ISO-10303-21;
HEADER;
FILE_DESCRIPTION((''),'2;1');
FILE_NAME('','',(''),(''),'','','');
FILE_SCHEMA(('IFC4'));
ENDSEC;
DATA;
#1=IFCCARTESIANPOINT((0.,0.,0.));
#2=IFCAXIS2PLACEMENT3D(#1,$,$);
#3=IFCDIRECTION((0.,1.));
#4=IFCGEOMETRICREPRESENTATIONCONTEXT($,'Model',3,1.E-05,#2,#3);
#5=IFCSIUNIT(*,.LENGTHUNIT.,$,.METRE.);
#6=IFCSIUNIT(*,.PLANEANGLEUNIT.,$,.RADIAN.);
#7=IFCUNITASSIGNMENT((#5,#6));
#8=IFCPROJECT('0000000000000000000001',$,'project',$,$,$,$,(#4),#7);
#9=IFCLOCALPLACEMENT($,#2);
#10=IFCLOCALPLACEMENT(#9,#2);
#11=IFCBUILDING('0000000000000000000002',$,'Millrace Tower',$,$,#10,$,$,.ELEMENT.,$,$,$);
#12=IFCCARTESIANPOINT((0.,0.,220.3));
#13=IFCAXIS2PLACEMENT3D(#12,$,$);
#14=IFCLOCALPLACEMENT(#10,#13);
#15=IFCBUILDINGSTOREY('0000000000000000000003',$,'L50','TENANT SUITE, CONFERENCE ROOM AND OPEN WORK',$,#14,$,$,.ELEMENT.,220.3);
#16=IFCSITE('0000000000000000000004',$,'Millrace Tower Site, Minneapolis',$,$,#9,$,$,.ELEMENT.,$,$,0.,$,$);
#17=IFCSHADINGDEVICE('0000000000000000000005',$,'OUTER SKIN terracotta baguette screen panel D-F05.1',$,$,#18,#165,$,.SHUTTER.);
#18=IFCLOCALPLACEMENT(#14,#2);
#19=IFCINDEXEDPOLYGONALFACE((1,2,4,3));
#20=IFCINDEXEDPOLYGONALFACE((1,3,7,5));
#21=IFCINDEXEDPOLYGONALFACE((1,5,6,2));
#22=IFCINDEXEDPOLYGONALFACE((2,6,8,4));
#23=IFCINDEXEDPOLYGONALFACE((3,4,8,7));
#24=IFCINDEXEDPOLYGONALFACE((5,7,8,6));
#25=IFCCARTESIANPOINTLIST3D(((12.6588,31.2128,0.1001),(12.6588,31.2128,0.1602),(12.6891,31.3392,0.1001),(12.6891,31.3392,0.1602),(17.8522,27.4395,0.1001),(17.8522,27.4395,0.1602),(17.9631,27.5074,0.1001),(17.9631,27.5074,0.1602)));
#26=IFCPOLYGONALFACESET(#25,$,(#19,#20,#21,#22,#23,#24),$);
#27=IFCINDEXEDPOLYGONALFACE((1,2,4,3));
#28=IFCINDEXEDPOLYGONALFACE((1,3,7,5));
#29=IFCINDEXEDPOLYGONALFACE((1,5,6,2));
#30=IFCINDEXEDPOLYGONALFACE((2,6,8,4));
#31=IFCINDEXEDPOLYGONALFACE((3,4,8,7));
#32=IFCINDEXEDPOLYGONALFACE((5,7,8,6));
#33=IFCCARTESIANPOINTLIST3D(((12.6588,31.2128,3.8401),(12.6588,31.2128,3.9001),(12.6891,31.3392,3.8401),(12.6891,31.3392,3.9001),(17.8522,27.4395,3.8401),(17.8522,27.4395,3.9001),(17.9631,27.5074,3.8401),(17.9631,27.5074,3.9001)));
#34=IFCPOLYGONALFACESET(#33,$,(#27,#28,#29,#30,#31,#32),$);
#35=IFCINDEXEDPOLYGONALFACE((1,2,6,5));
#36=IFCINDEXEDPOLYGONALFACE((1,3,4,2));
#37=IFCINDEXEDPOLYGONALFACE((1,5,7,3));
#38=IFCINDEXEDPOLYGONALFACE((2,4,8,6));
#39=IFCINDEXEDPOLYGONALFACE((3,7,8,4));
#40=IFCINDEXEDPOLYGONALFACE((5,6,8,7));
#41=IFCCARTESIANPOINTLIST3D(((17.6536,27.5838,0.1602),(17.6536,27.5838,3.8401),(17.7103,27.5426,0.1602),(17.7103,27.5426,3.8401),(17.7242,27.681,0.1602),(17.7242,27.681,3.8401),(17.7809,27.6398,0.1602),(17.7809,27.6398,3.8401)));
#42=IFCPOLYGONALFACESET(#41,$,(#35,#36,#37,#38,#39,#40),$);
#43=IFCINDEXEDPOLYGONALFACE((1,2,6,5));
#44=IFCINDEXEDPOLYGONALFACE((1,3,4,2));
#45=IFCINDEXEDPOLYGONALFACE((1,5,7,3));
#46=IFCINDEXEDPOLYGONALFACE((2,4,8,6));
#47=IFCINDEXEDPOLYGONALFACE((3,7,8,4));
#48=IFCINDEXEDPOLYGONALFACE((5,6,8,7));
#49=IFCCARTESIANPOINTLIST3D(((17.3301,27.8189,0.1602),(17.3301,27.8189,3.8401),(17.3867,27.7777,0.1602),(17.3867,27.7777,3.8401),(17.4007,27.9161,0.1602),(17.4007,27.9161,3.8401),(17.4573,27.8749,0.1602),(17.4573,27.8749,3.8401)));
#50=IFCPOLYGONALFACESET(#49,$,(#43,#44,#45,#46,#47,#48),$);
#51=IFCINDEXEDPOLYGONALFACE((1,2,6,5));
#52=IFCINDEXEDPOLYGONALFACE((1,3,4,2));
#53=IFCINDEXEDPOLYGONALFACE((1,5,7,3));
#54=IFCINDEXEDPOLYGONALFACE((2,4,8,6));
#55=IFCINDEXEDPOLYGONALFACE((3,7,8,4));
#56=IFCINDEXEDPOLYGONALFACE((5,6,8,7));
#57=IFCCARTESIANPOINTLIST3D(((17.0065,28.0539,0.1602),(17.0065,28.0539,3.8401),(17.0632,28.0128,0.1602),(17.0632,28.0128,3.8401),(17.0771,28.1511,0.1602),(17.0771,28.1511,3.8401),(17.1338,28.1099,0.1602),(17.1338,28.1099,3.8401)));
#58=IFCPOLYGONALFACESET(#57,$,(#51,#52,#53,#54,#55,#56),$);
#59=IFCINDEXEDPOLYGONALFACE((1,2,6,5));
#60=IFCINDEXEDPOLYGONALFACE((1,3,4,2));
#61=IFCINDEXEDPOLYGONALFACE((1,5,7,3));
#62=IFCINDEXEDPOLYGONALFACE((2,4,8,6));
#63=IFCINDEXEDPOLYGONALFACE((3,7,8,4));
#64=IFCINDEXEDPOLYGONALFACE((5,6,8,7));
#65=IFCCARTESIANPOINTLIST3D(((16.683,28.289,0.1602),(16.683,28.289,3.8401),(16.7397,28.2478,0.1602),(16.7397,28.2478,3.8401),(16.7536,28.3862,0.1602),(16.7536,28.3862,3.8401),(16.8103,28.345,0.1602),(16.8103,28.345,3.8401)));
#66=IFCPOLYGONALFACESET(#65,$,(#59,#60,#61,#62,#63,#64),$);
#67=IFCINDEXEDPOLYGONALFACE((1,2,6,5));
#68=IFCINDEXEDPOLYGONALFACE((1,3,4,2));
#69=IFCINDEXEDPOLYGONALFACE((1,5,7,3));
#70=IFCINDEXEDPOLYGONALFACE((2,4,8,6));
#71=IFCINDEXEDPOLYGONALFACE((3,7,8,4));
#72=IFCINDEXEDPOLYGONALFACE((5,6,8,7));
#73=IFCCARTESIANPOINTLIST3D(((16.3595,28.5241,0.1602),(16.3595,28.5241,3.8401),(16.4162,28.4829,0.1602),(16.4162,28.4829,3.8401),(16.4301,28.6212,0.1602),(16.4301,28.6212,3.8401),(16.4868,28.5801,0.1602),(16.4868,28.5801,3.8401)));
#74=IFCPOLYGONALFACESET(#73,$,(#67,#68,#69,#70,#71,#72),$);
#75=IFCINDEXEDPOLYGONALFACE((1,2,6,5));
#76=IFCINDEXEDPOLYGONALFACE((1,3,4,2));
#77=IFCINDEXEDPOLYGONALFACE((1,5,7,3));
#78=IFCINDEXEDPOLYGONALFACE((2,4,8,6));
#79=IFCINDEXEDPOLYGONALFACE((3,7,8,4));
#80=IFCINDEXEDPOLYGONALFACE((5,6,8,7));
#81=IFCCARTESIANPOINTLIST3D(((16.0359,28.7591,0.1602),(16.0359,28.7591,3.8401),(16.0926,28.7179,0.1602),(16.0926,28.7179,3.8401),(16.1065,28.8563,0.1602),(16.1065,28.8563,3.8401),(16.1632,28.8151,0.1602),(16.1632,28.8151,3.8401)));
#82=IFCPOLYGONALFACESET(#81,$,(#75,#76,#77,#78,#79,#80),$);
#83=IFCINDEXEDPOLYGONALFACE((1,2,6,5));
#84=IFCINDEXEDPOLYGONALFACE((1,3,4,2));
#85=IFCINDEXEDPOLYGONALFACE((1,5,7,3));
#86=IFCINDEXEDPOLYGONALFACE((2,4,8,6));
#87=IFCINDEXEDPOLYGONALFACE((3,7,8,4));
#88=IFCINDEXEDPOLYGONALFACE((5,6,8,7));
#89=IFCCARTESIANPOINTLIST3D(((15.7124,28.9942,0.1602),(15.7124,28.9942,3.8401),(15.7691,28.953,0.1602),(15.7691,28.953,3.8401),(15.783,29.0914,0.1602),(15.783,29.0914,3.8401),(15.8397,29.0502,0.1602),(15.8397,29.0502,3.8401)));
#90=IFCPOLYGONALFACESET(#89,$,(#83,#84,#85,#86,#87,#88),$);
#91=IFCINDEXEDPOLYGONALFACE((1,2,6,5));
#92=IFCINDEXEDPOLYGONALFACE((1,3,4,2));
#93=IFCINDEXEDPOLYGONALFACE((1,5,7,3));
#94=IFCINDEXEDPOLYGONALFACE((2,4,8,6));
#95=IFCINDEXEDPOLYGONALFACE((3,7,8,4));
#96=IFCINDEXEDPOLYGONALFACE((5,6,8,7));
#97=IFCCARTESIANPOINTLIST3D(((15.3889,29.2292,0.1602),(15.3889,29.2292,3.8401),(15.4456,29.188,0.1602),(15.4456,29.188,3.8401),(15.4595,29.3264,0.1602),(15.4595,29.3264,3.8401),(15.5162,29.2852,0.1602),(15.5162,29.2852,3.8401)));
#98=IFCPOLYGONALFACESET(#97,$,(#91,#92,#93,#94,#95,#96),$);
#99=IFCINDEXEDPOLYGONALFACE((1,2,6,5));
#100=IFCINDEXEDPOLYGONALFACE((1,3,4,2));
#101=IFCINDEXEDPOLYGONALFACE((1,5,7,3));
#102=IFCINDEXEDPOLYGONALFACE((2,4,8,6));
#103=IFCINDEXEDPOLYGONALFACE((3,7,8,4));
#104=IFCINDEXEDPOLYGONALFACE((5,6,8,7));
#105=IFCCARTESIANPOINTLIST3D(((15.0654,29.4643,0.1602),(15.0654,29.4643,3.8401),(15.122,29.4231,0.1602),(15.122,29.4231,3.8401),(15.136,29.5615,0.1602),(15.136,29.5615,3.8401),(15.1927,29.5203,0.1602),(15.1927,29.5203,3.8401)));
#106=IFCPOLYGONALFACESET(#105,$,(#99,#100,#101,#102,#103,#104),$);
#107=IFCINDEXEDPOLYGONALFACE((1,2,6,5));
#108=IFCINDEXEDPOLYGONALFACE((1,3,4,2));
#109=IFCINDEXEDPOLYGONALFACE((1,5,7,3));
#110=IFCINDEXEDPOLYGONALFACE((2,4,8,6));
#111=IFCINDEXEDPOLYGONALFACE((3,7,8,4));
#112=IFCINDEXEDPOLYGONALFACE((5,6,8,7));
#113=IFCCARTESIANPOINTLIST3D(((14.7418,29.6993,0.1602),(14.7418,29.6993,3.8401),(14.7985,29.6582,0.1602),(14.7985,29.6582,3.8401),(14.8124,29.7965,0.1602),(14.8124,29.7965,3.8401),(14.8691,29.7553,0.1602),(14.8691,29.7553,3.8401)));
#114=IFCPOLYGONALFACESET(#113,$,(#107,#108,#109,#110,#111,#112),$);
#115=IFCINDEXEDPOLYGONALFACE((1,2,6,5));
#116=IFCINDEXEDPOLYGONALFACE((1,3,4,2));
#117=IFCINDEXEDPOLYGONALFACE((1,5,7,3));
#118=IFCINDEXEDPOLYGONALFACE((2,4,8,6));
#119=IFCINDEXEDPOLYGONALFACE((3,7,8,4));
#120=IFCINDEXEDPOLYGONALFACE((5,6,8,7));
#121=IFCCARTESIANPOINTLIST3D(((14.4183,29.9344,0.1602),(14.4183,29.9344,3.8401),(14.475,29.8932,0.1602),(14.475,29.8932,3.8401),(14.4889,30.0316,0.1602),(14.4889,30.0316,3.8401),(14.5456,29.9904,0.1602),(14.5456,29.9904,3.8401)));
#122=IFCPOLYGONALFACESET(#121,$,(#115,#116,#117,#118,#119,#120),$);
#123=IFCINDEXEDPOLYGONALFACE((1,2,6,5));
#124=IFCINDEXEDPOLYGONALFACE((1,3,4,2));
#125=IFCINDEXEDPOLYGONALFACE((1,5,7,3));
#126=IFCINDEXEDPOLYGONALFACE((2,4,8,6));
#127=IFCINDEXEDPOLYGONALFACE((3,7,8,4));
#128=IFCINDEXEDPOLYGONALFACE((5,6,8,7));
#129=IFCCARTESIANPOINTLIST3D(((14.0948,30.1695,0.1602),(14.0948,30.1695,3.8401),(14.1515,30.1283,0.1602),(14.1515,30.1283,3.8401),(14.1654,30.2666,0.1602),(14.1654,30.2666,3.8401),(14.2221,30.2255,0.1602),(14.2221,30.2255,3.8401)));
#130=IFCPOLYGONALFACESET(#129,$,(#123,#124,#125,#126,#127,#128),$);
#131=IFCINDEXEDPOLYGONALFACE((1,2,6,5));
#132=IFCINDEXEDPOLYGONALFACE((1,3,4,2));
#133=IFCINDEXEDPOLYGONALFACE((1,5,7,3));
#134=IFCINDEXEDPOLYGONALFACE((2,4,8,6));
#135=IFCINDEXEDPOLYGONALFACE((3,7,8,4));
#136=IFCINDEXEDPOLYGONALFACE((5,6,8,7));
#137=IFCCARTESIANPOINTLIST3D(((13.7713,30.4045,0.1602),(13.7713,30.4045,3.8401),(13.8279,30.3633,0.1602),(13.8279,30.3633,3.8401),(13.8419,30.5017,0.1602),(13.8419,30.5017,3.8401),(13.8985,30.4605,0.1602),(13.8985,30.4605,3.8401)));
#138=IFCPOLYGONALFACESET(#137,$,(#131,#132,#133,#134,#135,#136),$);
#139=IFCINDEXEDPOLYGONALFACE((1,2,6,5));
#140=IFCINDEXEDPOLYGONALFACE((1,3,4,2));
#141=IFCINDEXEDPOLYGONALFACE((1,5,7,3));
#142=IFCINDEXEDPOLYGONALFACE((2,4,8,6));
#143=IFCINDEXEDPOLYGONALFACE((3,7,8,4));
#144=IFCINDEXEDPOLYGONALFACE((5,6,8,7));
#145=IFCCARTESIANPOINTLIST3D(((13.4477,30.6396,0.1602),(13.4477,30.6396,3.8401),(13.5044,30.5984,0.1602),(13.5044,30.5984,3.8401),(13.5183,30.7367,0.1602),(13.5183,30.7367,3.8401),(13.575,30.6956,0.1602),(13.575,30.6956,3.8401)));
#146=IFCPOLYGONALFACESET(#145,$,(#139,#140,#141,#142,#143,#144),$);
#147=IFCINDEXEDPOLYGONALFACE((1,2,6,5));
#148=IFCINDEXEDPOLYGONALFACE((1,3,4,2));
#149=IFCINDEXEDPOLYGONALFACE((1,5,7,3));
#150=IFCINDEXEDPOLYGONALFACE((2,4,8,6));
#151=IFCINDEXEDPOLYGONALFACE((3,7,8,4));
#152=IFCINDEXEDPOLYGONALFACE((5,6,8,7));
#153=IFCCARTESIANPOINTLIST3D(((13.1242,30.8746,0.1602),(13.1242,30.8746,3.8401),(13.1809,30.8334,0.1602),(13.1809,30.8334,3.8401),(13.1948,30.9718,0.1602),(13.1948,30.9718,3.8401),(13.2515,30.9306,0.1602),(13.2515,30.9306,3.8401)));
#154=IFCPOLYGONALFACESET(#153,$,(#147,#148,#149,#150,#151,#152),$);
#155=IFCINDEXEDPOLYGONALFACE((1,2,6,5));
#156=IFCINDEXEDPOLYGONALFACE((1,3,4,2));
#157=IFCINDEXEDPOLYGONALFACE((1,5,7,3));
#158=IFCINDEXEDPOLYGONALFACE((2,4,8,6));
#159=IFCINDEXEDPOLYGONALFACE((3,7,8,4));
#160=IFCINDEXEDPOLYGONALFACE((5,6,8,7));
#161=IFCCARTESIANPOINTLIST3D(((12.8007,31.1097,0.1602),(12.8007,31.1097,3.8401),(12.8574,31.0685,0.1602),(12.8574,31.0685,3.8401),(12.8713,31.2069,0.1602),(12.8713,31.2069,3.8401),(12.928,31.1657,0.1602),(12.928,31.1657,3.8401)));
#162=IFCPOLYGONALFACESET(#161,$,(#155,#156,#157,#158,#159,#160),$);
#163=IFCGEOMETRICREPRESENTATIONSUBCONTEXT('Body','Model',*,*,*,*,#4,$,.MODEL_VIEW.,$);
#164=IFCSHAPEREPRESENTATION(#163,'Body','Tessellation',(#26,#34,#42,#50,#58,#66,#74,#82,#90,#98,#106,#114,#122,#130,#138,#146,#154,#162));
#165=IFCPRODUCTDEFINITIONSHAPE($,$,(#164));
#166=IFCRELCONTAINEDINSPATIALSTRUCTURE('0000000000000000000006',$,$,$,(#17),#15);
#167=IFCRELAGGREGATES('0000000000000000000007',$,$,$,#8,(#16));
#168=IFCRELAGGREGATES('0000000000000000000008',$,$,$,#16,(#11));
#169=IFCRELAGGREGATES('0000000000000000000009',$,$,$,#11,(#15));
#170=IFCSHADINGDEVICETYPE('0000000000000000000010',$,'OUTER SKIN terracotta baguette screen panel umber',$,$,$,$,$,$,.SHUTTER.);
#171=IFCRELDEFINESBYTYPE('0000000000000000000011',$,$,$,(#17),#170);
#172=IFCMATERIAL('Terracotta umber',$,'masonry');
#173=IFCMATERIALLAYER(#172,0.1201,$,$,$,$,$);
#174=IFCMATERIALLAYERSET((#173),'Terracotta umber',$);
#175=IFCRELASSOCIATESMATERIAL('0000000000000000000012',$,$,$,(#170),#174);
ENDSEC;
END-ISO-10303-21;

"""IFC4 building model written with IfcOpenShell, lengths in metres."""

from ifc_helpers import new_model, entity, si_unit, direction, frame, frame_2d, origin, place, context, subcontext, project, spatial, rectangle, extrude, source, transform, mapped, material, layer, layer_set, type_object, element, save


model = new_model("IFC4")

# Units and contexts
model_context = context("Model", 3, precision=1e-05, world=origin(), true_north=direction((0.0, 1.0)))
body_context = subcontext(model_context, "Body", "Model", "MODEL_VIEW")
ifc_project = project(units=[si_unit("LENGTHUNIT", "METRE"), si_unit("PLANEANGLEUNIT", "RADIAN")], contexts=[model_context])

# Site, building, storey
site_placement = place(None, origin())
site = spatial("IfcSite", under=ifc_project, at=site_placement, Name="Millrace Tower Site, Minneapolis", CompositionType="ELEMENT", RefElevation=0.0)
building_placement = place(site_placement, origin())
building = spatial("IfcBuilding", under=site, at=building_placement, Name="Millrace Tower", CompositionType="ELEMENT")
storey_placement = place(building_placement, frame((0.0, 0.0, 220.3)))
storey = spatial("IfcBuildingStorey", under=building, at=storey_placement, Name="L50", Description="TENANT SUITE, CONFERENCE ROOM AND OPEN WORK", CompositionType="ELEMENT", Elevation=220.3)

# Shading device
ifc_material_1 = material(Name="Terracotta umber", Category="masonry")
ifc_layer_1 = layer(ifc_material_1, 0.1201)
ifc_layer_set_1 = layer_set([ifc_layer_1], Name="Terracotta umber")
shading_device_type = type_object("IfcShadingDeviceType", Name="OUTER SKIN terracotta baguette screen panel umber", PredefinedType="SHUTTER", material=ifc_layer_set_1)
cartesian_point_1 = entity("IfcCartesianPoint", [-3.2097, 0.0601])
shared_polyline_1 = entity("IfcPolyline", [cartesian_point_1, entity("IfcCartesianPoint", [3.2097, 0.0601]), entity("IfcCartesianPoint", [3.2595, -0.0601]), entity("IfcCartesianPoint", [-3.2595, -0.0601]), cartesian_point_1])
shared_shape_1 = source(origin(), body_context, "Body", "SweptSolid", [
    entity("IfcExtrudedAreaSolid", entity("IfcArbitraryClosedProfileDef", "AREA", None, shared_polyline_1), entity("IfcAxis2Placement3D", entity("IfcCartesianPoint", [0.0, 0.0, 0.0])), entity("IfcDirection", [0.0, 0.0, 1.0]), 0.0601),
    entity("IfcExtrudedAreaSolid", entity("IfcArbitraryClosedProfileDef", "AREA", None, shared_polyline_1), entity("IfcAxis2Placement3D", entity("IfcCartesianPoint", [0.0, 0.0, 3.74])), entity("IfcDirection", [0.0, 0.0, 1.0]), 0.0601),
    extrude(rectangle(XDim=0.0701, YDim=0.1201, at=frame_2d((-2.9993, 0.0))), frame((0.0, 0.0, 0.0601)), (0.0, 0.0, 1.0), 3.6799),
    extrude(rectangle(XDim=0.0701, YDim=0.1201, at=frame_2d((-2.5994, 0.0))), frame((0.0, 0.0, 0.0601)), (0.0, 0.0, 1.0), 3.6799),
    extrude(rectangle(XDim=0.0701, YDim=0.1201, at=frame_2d((-2.1995, 0.0))), frame((0.0, 0.0, 0.0601)), (0.0, 0.0, 1.0), 3.6799),
    extrude(rectangle(XDim=0.0701, YDim=0.1201, at=frame_2d((-1.7996, 0.0))), frame((0.0, 0.0, 0.0601)), (0.0, 0.0, 1.0), 3.6799),
    extrude(rectangle(XDim=0.0701, YDim=0.1201, at=frame_2d((-1.3997, 0.0))), frame((0.0, 0.0, 0.0601)), (0.0, 0.0, 1.0), 3.6799),
    extrude(rectangle(XDim=0.0701, YDim=0.1201, at=frame_2d((-0.9998, 0.0))), frame((0.0, 0.0, 0.0601)), (0.0, 0.0, 1.0), 3.6799),
    extrude(rectangle(XDim=0.0701, YDim=0.1201, at=frame_2d((-0.5999, 0.0))), frame((0.0, 0.0, 0.0601)), (0.0, 0.0, 1.0), 3.6799),
    extrude(rectangle(XDim=0.0701, YDim=0.1201, at=frame_2d((-0.2, 0.0))), frame((0.0, 0.0, 0.0601)), (0.0, 0.0, 1.0), 3.6799),
    extrude(rectangle(XDim=0.0701, YDim=0.1201, at=frame_2d((0.2, 0.0))), frame((0.0, 0.0, 0.0601)), (0.0, 0.0, 1.0), 3.6799),
    extrude(rectangle(XDim=0.0701, YDim=0.1201, at=frame_2d((0.5999, 0.0))), frame((0.0, 0.0, 0.0601)), (0.0, 0.0, 1.0), 3.6799),
    extrude(rectangle(XDim=0.0701, YDim=0.1201, at=frame_2d((0.9998, 0.0))), frame((0.0, 0.0, 0.0601)), (0.0, 0.0, 1.0), 3.6799),
    extrude(rectangle(XDim=0.0701, YDim=0.1201, at=frame_2d((1.3997, 0.0))), frame((0.0, 0.0, 0.0601)), (0.0, 0.0, 1.0), 3.6799),
    extrude(rectangle(XDim=0.0701, YDim=0.1201, at=frame_2d((1.7996, 0.0))), frame((0.0, 0.0, 0.0601)), (0.0, 0.0, 1.0), 3.6799),
    extrude(rectangle(XDim=0.0701, YDim=0.1201, at=frame_2d((2.1995, 0.0))), frame((0.0, 0.0, 0.0601)), (0.0, 0.0, 1.0), 3.6799),
    extrude(rectangle(XDim=0.0701, YDim=0.1201, at=frame_2d((2.5994, 0.0))), frame((0.0, 0.0, 0.0601)), (0.0, 0.0, 1.0), 3.6799),
    extrude(rectangle(XDim=0.0701, YDim=0.1201, at=frame_2d((2.9993, 0.0))), frame((0.0, 0.0, 0.0601)), (0.0, 0.0, 1.0), 3.6799),
])
shading_device_1_placement = place(storey_placement, frame((15.2908, 29.3748, 0.1001), z_axis=(0.0, 0.0, 1.0), x_axis=(-0.809017, 0.587785, 0.0)))
element("IfcShadingDevice", 1, at=shading_device_1_placement, inside=storey, type_object=shading_device_type, Name="OUTER SKIN terracotta baguette screen panel D-F05.1", PredefinedType="SHUTTER", context=body_context, shape_type="MappedRepresentation", body=[
    mapped(shared_shape_1, transform((0.0, 0.0, 0.0), scale=1.0)),
])

save(model, "model.ifc")
